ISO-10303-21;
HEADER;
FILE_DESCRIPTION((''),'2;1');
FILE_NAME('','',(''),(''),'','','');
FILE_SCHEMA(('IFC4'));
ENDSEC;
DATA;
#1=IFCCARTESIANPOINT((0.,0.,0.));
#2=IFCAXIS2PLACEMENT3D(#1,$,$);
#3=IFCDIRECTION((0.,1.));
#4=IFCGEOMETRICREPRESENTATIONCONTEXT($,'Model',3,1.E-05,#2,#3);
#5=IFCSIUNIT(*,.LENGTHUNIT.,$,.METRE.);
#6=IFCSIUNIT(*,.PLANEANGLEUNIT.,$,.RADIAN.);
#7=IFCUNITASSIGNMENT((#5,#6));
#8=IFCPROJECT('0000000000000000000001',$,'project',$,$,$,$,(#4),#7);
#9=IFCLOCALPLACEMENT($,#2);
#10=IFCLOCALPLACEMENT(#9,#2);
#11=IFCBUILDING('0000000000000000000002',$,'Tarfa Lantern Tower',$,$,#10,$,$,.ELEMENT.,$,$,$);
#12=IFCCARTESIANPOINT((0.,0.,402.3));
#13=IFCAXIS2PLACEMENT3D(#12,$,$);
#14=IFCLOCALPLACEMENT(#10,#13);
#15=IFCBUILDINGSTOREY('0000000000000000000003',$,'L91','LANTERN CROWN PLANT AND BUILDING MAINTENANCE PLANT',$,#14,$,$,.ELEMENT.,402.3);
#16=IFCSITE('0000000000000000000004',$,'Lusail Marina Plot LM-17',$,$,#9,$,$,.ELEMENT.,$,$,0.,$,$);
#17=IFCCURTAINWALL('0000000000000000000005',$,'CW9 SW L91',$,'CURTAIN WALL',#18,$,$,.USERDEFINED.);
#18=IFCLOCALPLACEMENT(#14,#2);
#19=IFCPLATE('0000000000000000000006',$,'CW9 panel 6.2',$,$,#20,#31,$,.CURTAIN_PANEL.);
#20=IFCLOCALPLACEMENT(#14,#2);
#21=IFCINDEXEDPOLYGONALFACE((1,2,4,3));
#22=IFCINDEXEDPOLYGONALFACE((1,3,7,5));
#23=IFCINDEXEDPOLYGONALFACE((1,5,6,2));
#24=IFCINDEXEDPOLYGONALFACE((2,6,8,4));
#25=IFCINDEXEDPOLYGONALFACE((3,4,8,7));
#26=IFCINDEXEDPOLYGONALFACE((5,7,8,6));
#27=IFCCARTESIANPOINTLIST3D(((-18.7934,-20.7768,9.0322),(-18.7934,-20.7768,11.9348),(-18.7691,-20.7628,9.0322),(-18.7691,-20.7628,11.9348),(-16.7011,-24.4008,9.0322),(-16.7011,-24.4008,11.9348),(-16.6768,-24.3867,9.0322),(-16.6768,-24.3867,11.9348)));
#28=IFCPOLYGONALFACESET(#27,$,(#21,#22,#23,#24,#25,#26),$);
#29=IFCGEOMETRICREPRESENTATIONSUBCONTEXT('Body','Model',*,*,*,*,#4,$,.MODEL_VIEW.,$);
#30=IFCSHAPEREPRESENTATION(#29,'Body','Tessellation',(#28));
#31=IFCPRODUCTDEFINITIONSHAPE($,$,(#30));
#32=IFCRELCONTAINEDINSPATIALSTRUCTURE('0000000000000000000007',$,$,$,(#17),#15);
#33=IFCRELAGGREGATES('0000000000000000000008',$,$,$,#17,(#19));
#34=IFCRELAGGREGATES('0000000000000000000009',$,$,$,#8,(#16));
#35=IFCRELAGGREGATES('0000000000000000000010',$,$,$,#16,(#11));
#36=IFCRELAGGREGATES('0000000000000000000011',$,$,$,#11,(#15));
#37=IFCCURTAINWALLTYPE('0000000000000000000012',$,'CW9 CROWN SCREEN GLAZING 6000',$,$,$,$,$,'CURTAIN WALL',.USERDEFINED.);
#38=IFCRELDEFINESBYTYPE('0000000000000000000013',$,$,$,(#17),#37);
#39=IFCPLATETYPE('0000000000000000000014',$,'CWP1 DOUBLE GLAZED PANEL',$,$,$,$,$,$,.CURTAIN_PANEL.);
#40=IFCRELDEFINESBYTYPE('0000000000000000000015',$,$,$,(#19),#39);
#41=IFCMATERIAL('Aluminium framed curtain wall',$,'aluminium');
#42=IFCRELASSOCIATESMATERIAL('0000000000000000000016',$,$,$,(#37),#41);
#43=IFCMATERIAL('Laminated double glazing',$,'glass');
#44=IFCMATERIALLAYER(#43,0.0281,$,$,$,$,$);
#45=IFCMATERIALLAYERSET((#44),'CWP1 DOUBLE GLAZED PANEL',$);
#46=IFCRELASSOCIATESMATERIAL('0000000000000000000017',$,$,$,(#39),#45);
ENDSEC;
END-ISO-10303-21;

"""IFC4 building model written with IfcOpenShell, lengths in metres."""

from ifc_helpers import new_model, si_unit, direction, frame, origin, origin_2d, place, context, subcontext, project, spatial, rectangle, extrude, material, layer, layer_set, type_object, element, aggregate, save


model = new_model("IFC4")

# Units and contexts
model_context = context("Model", 3, precision=1e-05, world=origin(), true_north=direction((0.0, 1.0)))
body_context = subcontext(model_context, "Body", "Model", "MODEL_VIEW")
ifc_project = project(units=[si_unit("LENGTHUNIT", "METRE"), si_unit("PLANEANGLEUNIT", "RADIAN")], contexts=[model_context])

# Site, building, storey
site_placement = place(None, origin())
site = spatial("IfcSite", under=ifc_project, at=site_placement, Name="Lusail Marina Plot LM-17", CompositionType="ELEMENT", RefElevation=0.0)
building_placement = place(site_placement, origin())
building = spatial("IfcBuilding", under=site, at=building_placement, Name="Tarfa Lantern Tower", CompositionType="ELEMENT")
storey_placement = place(building_placement, frame((0.0, 0.0, 402.3)))
storey = spatial("IfcBuildingStorey", under=building, at=storey_placement, Name="L91", Description="LANTERN CROWN PLANT AND BUILDING MAINTENANCE PLANT", CompositionType="ELEMENT", Elevation=402.3)

# Curtain wall
ifc_material_1 = material(Name="Aluminium framed curtain wall", Category="aluminium")
curtain_wall_type_1 = type_object("IfcCurtainWallType", Name="CW9 CROWN SCREEN GLAZING 6000", ElementType="CURTAIN WALL", PredefinedType="USERDEFINED", material=ifc_material_1)
curtain_wall_1_placement = place(storey_placement, origin())
curtain_wall_1 = element("IfcCurtainWall", 1, at=curtain_wall_1_placement, inside=storey, type_object=curtain_wall_type_1, Name="CW9 SW L91", ObjectType="CURTAIN WALL", PredefinedType="USERDEFINED")

# Plate
ifc_material_2 = material(Name="Laminated double glazing", Category="glass")
ifc_layer = layer(ifc_material_2, 0.0281)
ifc_layer_set = layer_set([ifc_layer], Name="CWP1 DOUBLE GLAZED PANEL")
plate_type = type_object("IfcPlateType", Name="CWP1 DOUBLE GLAZED PANEL", PredefinedType="CURTAIN_PANEL", material=ifc_layer_set)
plate_1_placement = place(storey_placement, frame((-17.7351, -22.5818, 9.0322), z_axis=(0.0, 0.0, 1.0), x_axis=(0.5, -0.866025, 0.0)))
plate_1 = element("IfcPlate", 2, at=plate_1_placement, type_object=plate_type, Name="CW9 panel 6.2", PredefinedType="CURTAIN_PANEL", context=body_context, shape_type="SweptSolid", body=[
    extrude(rectangle(XDim=4.1846, YDim=0.0281, at=origin_2d()), origin(), (0.0, 0.0, 1.0), 2.9026),
])
aggregate(curtain_wall_1, [plate_1])

save(model, "model.ifc")
